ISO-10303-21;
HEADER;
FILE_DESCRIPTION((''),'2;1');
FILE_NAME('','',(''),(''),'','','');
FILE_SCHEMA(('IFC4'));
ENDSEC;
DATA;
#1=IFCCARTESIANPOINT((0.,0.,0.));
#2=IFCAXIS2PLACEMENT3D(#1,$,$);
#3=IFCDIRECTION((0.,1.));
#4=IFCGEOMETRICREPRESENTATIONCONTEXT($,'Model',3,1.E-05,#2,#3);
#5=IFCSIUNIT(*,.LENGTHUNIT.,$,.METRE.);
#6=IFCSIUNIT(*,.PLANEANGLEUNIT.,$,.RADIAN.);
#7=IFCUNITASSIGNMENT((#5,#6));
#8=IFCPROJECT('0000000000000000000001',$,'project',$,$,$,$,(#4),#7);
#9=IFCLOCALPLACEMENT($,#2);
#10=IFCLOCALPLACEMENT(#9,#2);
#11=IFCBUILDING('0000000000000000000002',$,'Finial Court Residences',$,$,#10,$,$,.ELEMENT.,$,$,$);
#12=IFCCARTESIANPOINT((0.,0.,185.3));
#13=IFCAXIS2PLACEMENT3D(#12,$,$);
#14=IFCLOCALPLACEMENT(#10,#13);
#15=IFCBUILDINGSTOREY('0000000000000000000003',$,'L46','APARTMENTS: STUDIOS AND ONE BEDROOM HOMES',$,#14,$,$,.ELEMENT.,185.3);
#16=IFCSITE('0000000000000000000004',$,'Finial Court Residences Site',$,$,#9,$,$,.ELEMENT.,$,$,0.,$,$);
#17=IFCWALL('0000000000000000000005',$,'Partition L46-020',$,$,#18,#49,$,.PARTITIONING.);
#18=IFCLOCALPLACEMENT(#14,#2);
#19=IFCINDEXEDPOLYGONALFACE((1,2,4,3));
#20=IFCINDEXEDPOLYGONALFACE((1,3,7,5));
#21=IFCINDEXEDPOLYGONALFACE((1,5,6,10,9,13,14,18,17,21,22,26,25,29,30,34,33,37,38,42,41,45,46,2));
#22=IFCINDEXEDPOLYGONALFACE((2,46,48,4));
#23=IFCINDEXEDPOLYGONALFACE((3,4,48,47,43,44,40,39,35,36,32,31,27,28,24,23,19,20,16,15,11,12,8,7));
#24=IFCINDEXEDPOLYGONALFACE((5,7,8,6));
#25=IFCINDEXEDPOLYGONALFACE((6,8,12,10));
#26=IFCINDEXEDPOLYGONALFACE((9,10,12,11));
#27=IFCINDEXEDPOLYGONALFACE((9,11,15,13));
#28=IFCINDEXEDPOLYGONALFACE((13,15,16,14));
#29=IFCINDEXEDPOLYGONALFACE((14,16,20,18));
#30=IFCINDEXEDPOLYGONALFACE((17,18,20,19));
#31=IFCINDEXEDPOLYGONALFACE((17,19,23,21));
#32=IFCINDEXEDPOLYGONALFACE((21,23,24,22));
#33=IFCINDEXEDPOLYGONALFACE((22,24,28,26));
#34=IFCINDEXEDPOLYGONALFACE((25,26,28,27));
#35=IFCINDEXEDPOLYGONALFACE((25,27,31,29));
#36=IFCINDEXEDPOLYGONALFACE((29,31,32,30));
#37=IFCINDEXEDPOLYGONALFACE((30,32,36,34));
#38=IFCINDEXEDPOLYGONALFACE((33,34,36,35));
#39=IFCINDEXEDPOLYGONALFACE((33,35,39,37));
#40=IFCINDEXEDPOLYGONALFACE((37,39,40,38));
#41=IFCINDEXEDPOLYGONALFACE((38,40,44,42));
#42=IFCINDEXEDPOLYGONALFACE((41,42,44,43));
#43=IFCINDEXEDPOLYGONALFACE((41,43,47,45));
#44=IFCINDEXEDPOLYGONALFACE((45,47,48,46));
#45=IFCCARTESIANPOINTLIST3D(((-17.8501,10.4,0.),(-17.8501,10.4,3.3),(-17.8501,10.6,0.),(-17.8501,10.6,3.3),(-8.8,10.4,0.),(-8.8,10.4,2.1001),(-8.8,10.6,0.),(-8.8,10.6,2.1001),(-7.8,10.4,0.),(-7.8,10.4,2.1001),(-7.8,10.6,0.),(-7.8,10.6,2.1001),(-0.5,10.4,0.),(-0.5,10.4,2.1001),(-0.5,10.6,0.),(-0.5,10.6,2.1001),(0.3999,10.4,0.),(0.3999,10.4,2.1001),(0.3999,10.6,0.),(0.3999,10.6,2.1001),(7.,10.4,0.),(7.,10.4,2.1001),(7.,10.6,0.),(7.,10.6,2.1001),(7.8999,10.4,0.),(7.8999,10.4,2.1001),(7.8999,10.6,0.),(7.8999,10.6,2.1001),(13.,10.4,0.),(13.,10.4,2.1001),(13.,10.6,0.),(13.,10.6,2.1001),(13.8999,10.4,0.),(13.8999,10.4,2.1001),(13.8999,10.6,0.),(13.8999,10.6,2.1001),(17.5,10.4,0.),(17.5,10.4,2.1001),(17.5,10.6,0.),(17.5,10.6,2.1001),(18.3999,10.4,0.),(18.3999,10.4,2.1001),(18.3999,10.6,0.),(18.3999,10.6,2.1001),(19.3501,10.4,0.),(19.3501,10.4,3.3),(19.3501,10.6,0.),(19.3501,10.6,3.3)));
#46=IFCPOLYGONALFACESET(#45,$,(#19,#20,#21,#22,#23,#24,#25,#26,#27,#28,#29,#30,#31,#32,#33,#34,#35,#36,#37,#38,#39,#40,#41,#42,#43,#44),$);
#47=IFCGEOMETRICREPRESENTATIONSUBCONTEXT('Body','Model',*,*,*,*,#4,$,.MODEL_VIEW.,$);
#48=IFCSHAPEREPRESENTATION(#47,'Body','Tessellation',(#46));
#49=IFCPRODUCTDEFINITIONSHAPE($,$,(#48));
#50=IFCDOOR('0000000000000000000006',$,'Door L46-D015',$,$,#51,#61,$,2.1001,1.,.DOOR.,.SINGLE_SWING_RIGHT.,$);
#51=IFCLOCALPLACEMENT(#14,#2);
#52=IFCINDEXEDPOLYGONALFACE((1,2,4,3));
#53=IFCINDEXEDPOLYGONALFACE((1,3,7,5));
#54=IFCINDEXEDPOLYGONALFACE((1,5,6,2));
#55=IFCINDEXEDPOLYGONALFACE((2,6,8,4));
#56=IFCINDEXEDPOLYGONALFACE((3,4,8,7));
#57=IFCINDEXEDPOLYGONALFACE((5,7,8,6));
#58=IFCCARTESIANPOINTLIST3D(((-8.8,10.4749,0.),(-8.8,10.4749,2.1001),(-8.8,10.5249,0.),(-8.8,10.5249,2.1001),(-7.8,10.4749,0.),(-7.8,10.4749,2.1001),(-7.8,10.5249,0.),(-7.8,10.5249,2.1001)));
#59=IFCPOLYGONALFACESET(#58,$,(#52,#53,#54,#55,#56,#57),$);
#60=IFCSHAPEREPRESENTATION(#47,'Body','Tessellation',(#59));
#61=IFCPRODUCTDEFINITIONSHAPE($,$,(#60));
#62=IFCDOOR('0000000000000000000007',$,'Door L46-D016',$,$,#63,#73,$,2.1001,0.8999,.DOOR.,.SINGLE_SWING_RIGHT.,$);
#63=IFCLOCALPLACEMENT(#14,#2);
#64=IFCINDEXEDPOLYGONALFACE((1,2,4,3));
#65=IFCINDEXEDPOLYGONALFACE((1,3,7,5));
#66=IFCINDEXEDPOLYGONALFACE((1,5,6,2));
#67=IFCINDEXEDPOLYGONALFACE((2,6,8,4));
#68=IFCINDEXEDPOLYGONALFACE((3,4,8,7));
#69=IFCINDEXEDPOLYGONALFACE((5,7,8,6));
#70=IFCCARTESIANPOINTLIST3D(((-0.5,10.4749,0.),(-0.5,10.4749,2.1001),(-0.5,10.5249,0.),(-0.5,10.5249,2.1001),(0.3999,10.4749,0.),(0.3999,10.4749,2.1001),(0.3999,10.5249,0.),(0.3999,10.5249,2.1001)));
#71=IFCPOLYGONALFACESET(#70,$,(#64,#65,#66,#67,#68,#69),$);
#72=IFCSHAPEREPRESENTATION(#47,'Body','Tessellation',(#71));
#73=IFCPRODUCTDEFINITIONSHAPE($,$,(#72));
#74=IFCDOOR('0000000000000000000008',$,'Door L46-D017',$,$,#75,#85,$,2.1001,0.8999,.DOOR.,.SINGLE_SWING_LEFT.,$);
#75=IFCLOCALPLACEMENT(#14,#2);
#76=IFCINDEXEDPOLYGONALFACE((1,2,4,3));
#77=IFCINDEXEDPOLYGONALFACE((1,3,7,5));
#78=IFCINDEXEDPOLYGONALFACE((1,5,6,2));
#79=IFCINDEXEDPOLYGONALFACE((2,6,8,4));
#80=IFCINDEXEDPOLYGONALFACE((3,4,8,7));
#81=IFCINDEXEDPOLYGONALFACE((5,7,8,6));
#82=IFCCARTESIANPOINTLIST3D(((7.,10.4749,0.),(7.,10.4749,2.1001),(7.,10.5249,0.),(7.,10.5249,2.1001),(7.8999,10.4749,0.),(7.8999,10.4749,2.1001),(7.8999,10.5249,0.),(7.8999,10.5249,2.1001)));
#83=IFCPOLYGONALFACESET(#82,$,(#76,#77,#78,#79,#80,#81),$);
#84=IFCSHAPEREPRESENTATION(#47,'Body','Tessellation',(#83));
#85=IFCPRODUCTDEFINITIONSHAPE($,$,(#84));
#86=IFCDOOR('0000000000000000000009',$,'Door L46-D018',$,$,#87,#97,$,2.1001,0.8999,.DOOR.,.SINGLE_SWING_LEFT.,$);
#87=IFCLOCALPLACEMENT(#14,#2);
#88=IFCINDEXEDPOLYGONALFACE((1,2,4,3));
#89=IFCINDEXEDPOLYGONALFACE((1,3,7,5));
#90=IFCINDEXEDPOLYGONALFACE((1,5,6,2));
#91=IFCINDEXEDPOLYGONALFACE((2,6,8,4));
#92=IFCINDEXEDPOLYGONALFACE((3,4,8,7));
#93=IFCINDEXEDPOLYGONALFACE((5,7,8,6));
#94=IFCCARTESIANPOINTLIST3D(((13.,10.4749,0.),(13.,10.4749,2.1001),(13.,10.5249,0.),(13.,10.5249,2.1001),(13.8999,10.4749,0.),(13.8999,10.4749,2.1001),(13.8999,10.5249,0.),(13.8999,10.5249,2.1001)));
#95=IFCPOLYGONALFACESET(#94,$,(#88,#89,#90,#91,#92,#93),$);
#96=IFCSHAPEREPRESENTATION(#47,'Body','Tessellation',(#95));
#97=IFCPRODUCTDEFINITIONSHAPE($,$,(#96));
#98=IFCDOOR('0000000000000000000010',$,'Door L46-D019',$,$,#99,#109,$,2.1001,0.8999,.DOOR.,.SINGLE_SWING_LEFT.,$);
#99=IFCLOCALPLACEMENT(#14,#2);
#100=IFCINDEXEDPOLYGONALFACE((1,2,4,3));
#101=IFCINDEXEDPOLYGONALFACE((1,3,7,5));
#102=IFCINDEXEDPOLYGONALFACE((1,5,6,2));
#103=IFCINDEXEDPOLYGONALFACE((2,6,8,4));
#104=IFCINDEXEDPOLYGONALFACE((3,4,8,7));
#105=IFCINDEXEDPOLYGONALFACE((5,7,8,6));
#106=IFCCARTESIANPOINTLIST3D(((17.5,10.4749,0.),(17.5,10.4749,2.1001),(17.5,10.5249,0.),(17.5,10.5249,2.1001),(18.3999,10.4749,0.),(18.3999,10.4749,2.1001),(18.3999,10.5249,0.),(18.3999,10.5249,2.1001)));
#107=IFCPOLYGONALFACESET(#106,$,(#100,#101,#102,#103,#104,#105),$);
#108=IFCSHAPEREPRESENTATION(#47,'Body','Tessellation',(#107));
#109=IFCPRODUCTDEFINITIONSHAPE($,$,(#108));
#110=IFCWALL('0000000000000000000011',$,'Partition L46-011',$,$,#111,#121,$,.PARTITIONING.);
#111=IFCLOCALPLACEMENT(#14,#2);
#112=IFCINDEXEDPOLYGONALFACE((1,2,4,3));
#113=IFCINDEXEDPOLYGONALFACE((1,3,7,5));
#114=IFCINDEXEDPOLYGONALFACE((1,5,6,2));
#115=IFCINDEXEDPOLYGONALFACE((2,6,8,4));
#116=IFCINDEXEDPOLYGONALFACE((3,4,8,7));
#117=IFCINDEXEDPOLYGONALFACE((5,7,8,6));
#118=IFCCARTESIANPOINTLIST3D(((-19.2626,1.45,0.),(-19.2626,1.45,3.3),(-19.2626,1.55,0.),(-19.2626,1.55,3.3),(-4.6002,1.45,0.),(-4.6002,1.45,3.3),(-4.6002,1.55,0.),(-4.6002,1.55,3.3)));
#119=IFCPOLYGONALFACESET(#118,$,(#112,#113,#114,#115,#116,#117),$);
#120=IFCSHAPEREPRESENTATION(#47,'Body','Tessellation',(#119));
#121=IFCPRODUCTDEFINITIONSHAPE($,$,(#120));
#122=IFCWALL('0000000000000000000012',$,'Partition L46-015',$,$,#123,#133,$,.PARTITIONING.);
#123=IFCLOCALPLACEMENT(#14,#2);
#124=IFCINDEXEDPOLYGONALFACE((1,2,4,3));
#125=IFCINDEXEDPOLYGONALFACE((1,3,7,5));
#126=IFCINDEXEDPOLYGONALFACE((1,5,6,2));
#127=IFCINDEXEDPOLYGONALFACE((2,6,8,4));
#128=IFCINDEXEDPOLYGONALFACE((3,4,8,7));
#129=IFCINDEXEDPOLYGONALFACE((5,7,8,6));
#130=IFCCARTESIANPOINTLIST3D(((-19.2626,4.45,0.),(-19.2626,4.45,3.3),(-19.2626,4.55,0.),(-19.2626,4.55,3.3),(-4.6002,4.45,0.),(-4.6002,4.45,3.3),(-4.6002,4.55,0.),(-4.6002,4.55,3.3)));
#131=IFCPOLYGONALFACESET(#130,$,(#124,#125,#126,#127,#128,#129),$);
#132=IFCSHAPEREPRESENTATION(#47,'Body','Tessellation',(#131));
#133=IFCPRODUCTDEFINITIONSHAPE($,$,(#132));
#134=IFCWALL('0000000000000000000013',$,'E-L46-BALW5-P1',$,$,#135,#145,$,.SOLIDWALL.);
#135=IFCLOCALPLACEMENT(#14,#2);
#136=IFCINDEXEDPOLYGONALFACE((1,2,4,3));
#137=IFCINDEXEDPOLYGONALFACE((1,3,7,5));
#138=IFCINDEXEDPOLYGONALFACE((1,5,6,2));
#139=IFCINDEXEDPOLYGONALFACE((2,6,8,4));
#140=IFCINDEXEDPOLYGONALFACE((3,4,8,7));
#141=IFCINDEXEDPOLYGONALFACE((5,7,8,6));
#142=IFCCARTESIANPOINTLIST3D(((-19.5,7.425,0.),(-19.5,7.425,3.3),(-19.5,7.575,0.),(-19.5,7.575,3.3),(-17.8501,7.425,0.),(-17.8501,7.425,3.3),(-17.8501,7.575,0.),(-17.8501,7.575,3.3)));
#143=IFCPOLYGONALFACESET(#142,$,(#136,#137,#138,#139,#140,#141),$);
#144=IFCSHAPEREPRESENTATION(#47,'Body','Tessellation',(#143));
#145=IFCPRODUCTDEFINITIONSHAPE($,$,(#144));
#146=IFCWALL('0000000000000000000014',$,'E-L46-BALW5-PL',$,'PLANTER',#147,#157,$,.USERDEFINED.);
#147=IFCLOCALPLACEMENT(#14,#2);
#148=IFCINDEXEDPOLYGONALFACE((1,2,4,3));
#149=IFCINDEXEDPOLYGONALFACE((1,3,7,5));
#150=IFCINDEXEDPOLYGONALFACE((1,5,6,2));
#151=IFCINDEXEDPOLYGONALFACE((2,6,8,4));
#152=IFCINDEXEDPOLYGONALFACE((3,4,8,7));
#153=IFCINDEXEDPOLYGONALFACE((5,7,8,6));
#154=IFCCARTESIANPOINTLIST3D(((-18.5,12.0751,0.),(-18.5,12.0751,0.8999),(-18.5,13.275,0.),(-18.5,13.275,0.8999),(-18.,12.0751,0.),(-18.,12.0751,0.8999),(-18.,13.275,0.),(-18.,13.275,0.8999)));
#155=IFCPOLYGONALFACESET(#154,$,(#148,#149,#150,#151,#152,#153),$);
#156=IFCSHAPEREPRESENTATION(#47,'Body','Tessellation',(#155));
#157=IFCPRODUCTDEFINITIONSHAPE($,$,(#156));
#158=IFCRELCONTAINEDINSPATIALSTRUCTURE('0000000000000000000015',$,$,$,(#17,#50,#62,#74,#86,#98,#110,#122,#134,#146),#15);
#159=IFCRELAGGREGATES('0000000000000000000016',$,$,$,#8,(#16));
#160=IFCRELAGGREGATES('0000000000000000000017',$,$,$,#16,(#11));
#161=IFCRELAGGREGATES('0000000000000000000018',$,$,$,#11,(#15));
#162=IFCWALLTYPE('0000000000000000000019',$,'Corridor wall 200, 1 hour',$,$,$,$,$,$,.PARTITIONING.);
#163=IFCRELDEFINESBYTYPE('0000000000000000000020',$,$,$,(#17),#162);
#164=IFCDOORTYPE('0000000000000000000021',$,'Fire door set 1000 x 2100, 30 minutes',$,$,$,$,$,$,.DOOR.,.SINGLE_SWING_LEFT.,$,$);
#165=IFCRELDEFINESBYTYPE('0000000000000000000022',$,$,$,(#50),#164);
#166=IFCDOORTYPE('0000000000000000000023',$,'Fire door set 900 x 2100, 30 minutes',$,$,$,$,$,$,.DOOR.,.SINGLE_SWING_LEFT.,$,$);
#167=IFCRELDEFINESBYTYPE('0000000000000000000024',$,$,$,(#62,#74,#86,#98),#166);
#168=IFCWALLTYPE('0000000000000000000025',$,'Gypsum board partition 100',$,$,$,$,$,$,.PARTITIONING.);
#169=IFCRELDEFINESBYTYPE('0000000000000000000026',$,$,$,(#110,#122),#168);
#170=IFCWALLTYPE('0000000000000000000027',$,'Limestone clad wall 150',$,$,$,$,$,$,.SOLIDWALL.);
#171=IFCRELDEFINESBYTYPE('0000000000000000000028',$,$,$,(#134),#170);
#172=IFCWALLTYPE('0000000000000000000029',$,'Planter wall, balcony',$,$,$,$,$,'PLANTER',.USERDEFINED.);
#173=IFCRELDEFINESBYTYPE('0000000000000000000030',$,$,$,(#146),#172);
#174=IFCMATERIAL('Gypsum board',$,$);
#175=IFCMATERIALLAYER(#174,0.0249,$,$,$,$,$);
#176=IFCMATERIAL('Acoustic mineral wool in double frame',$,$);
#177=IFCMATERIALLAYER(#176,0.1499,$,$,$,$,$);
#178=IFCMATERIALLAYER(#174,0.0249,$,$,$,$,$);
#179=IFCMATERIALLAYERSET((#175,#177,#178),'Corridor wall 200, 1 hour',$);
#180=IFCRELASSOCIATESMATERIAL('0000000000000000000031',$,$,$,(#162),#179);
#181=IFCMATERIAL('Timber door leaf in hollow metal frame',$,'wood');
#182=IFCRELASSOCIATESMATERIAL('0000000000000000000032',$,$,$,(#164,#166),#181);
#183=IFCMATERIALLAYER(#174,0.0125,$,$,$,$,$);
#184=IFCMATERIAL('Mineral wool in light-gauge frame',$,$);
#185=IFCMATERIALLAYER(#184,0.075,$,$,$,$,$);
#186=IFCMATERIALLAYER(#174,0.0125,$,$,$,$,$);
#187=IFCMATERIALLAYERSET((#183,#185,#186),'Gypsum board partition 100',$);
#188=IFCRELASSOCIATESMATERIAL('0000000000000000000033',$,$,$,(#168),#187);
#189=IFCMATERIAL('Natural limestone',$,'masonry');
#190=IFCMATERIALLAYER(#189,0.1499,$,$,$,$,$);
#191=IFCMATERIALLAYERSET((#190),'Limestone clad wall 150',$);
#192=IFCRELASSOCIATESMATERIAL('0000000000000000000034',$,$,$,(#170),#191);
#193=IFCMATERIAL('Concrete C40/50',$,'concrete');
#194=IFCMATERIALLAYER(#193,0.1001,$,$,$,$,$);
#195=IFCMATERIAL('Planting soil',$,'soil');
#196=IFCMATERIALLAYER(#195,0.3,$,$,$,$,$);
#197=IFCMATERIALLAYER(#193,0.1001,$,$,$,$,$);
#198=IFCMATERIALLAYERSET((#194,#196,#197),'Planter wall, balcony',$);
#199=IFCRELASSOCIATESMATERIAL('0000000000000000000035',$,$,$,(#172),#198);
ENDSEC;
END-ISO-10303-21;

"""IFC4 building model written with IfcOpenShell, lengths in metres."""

from ifc_helpers import new_model, si_unit, direction, frame, frame_2d, origin, place, context, subcontext, project, spatial, rectangle, extrude, material, layer, layer_set, type_object, element, fill, save


model = new_model("IFC4")

# Units and contexts
model_context = context("Model", 3, precision=1e-05, world=origin(), true_north=direction((0.0, 1.0)))
body_context = subcontext(model_context, "Body", "Model", "MODEL_VIEW")
ifc_project = project(units=[si_unit("LENGTHUNIT", "METRE"), si_unit("PLANEANGLEUNIT", "RADIAN")], contexts=[model_context])

# Site, building, storey
site_placement = place(None, origin())
site = spatial("IfcSite", under=ifc_project, at=site_placement, Name="Finial Court Residences Site", CompositionType="ELEMENT", RefElevation=0.0)
building_placement = place(site_placement, origin())
building = spatial("IfcBuilding", under=site, at=building_placement, Name="Finial Court Residences", CompositionType="ELEMENT")
storey_placement = place(building_placement, frame((0.0, 0.0, 185.3)))
storey = spatial("IfcBuildingStorey", under=building, at=storey_placement, Name="L46", Description="APARTMENTS: STUDIOS AND ONE BEDROOM HOMES", CompositionType="ELEMENT", Elevation=185.3)

# Shared definitions
ifc_material_1 = material(Name="Gypsum board")
ifc_layer_1 = layer(ifc_material_1, 0.0249)
ifc_material_2 = material(Name="Acoustic mineral wool in double frame")
ifc_layer_2 = layer(ifc_material_2, 0.1499)
ifc_layer_3 = layer(ifc_material_1, 0.0249)
ifc_layer_set_1 = layer_set([ifc_layer_1, ifc_layer_2, ifc_layer_3], Name="Corridor wall 200, 1 hour")
wall_type_1 = type_object("IfcWallType", Name="Corridor wall 200, 1 hour", PredefinedType="PARTITIONING", material=ifc_layer_set_1)

# Wall, openings, doors
wall_1_placement = place(storey_placement, frame((-17.8501, 10.5, 0.0), z_axis=(0.0, 0.0, 1.0), x_axis=(1.0, 0.0, 0.0)))
wall_1 = element("IfcWall", 1, at=wall_1_placement, inside=storey, type_object=wall_type_1, Name="Partition L46-020", PredefinedType="PARTITIONING", context=body_context, shape_type="SweptSolid", body=[
    extrude(rectangle(XDim=37.2002, YDim=0.2, at=frame_2d((18.6001, 0.0))), origin(), (0.0, 0.0, 1.0), 3.3),
])
opening_1_placement = place(wall_1_placement, frame((9.05, 0.0, 0.0)))
opening_1 = element("IfcOpeningElement", 2, at=opening_1_placement, cuts=wall_1, PredefinedType="OPENING", context=body_context, shape_type="SweptSolid", body=[
    extrude(rectangle(XDim=1.0, YDim=2.1001, at=frame_2d((0.5, 1.05))), frame((0.0, 0.1099, 0.0), z_axis=(0.0, -1.0, 0.0), x_axis=(1.0, 0.0, 0.0)), (0.0, 0.0, 1.0), 0.22),
])
opening_2_placement = place(wall_1_placement, frame((17.3501, 0.0, 0.0)))
opening_2 = element("IfcOpeningElement", 3, at=opening_2_placement, cuts=wall_1, PredefinedType="OPENING", context=body_context, shape_type="SweptSolid", body=[
    extrude(rectangle(XDim=0.8999, YDim=2.1001, at=frame_2d((0.45, 1.05))), frame((0.0, 0.1099, 0.0), z_axis=(0.0, -1.0, 0.0), x_axis=(1.0, 0.0, 0.0)), (0.0, 0.0, 1.0), 0.22),
])
opening_3_placement = place(wall_1_placement, frame((24.8501, 0.0, 0.0)))
opening_3 = element("IfcOpeningElement", 4, at=opening_3_placement, cuts=wall_1, PredefinedType="OPENING", context=body_context, shape_type="SweptSolid", body=[
    extrude(rectangle(XDim=0.8999, YDim=2.1001, at=frame_2d((0.45, 1.05))), frame((0.0, 0.1099, 0.0), z_axis=(0.0, -1.0, 0.0), x_axis=(1.0, 0.0, 0.0)), (0.0, 0.0, 1.0), 0.22),
])
opening_4_placement = place(wall_1_placement, frame((30.8501, 0.0, 0.0)))
opening_4 = element("IfcOpeningElement", 5, at=opening_4_placement, cuts=wall_1, PredefinedType="OPENING", context=body_context, shape_type="SweptSolid", body=[
    extrude(rectangle(XDim=0.8999, YDim=2.1001, at=frame_2d((0.45, 1.05))), frame((0.0, 0.1099, 0.0), z_axis=(0.0, -1.0, 0.0), x_axis=(1.0, 0.0, 0.0)), (0.0, 0.0, 1.0), 0.22),
])
opening_5_placement = place(wall_1_placement, frame((35.3501, 0.0, 0.0)))
opening_5 = element("IfcOpeningElement", 6, at=opening_5_placement, cuts=wall_1, PredefinedType="OPENING", context=body_context, shape_type="SweptSolid", body=[
    extrude(rectangle(XDim=0.8999, YDim=2.1001, at=frame_2d((0.45, 1.05))), frame((0.0, 0.1099, 0.0), z_axis=(0.0, -1.0, 0.0), x_axis=(1.0, 0.0, 0.0)), (0.0, 0.0, 1.0), 0.22),
])
ifc_material_3 = material(Name="Timber door leaf in hollow metal frame", Category="wood")
door_type_1 = type_object("IfcDoorType", Name="Fire door set 1000 x 2100, 30 minutes", OperationType="SINGLE_SWING_LEFT", PredefinedType="DOOR", material=ifc_material_3)
door_1_placement = place(opening_1_placement, origin())
door_1 = element("IfcDoor", 7, at=door_1_placement, inside=storey, type_object=door_type_1, Name="Door L46-D015", OperationType="SINGLE_SWING_RIGHT", OverallHeight=2.1001, OverallWidth=1.0, PredefinedType="DOOR", context=body_context, shape_type="SweptSolid", body=[
    extrude(rectangle(XDim=1.0, YDim=2.1001, at=frame_2d((0.5, 1.05))), frame((0.0, 0.0249, 0.0), z_axis=(0.0, -1.0, 0.0), x_axis=(1.0, 0.0, 0.0)), (0.0, 0.0, 1.0), 0.05),
])
fill(opening_1, door_1)
door_type_2 = type_object("IfcDoorType", Name="Fire door set 900 x 2100, 30 minutes", OperationType="SINGLE_SWING_LEFT", PredefinedType="DOOR", material=ifc_material_3)
door_2_placement = place(opening_2_placement, origin())
door_2 = element("IfcDoor", 8, at=door_2_placement, inside=storey, type_object=door_type_2, Name="Door L46-D016", OperationType="SINGLE_SWING_RIGHT", OverallHeight=2.1001, OverallWidth=0.8999, PredefinedType="DOOR", context=body_context, shape_type="SweptSolid", body=[
    extrude(rectangle(XDim=0.8999, YDim=2.1001, at=frame_2d((0.45, 1.05))), frame((0.0, 0.0249, 0.0), z_axis=(0.0, -1.0, 0.0), x_axis=(1.0, 0.0, 0.0)), (0.0, 0.0, 1.0), 0.05),
])
fill(opening_2, door_2)
door_3_placement = place(opening_3_placement, origin())
door_3 = element("IfcDoor", 9, at=door_3_placement, inside=storey, type_object=door_type_2, Name="Door L46-D017", OperationType="SINGLE_SWING_LEFT", OverallHeight=2.1001, OverallWidth=0.8999, PredefinedType="DOOR", context=body_context, shape_type="SweptSolid", body=[
    extrude(rectangle(XDim=0.8999, YDim=2.1001, at=frame_2d((0.45, 1.05))), frame((0.0, 0.0249, 0.0), z_axis=(0.0, -1.0, 0.0), x_axis=(1.0, 0.0, 0.0)), (0.0, 0.0, 1.0), 0.05),
])
fill(opening_3, door_3)
door_4_placement = place(opening_4_placement, origin())
door_4 = element("IfcDoor", 10, at=door_4_placement, inside=storey, type_object=door_type_2, Name="Door L46-D018", OperationType="SINGLE_SWING_LEFT", OverallHeight=2.1001, OverallWidth=0.8999, PredefinedType="DOOR", context=body_context, shape_type="SweptSolid", body=[
    extrude(rectangle(XDim=0.8999, YDim=2.1001, at=frame_2d((0.45, 1.05))), frame((0.0, 0.0249, 0.0), z_axis=(0.0, -1.0, 0.0), x_axis=(1.0, 0.0, 0.0)), (0.0, 0.0, 1.0), 0.05),
])
fill(opening_4, door_4)
door_5_placement = place(opening_5_placement, origin())
door_5 = element("IfcDoor", 11, at=door_5_placement, inside=storey, type_object=door_type_2, Name="Door L46-D019", OperationType="SINGLE_SWING_LEFT", OverallHeight=2.1001, OverallWidth=0.8999, PredefinedType="DOOR", context=body_context, shape_type="SweptSolid", body=[
    extrude(rectangle(XDim=0.8999, YDim=2.1001, at=frame_2d((0.45, 1.05))), frame((0.0, 0.0249, 0.0), z_axis=(0.0, -1.0, 0.0), x_axis=(1.0, 0.0, 0.0)), (0.0, 0.0, 1.0), 0.05),
])
fill(opening_5, door_5)

# Walls
ifc_layer_4 = layer(ifc_material_1, 0.0125)
ifc_material_4 = material(Name="Mineral wool in light-gauge frame")
ifc_layer_5 = layer(ifc_material_4, 0.075)
ifc_layer_6 = layer(ifc_material_1, 0.0125)
ifc_layer_set_2 = layer_set([ifc_layer_4, ifc_layer_5, ifc_layer_6], Name="Gypsum board partition 100")
wall_type_2 = type_object("IfcWallType", Name="Gypsum board partition 100", PredefinedType="PARTITIONING", material=ifc_layer_set_2)
for number, where, z_axis, x_axis, name in (
    (12, (-19.2625, 1.5, 0.0), (0.0, 0.0, 1.0), (1.0, 0.0, 0.0), "Partition L46-011"),
    (13, (-19.2625, 4.5, 0.0), (0.0, 0.0, 1.0), (1.0, 0.0, 0.0), "Partition L46-015"),
):
    element("IfcWall", number, at=place(storey_placement, frame(where, z_axis=z_axis, x_axis=x_axis)), inside=storey, type_object=wall_type_2, Name=name, PredefinedType="PARTITIONING", context=body_context, shape_type="SweptSolid", body=[
        extrude(rectangle(XDim=14.6624, YDim=0.1001, at=frame_2d((7.3311, 0.0))), origin(), (0.0, 0.0, 1.0), 3.3),
    ])
ifc_material_5 = material(Name="Natural limestone", Category="masonry")
ifc_layer_7 = layer(ifc_material_5, 0.1499)
ifc_layer_set_3 = layer_set([ifc_layer_7], Name="Limestone clad wall 150")
wall_type_3 = type_object("IfcWallType", Name="Limestone clad wall 150", PredefinedType="SOLIDWALL", material=ifc_layer_set_3)
wall_2_placement = place(storey_placement, frame((-17.8501, 7.5, 0.0), z_axis=(0.0, 0.0, 1.0), x_axis=(-1.0, 0.0, 0.0)))
element("IfcWall", 14, at=wall_2_placement, inside=storey, type_object=wall_type_3, Name="E-L46-BALW5-P1", PredefinedType="SOLIDWALL", context=body_context, shape_type="SweptSolid", body=[
    extrude(rectangle(XDim=1.6499, YDim=0.1499, at=frame_2d((0.825, 0.0))), origin(), (0.0, 0.0, 1.0), 3.3),
])

# Wall
ifc_material_6 = material(Name="Concrete C40/50", Category="concrete")
ifc_layer_8 = layer(ifc_material_6, 0.1001)
ifc_material_7 = material(Name="Planting soil", Category="soil")
ifc_layer_9 = layer(ifc_material_7, 0.3)
ifc_layer_10 = layer(ifc_material_6, 0.1001)
ifc_layer_set_4 = layer_set([ifc_layer_8, ifc_layer_9, ifc_layer_10], Name="Planter wall, balcony")
wall_type_4 = type_object("IfcWallType", Name="Planter wall, balcony", ElementType="PLANTER", PredefinedType="USERDEFINED", material=ifc_layer_set_4)
wall_3_placement = place(storey_placement, frame((-18.25, 12.075, 0.0), z_axis=(0.0, 0.0, 1.0), x_axis=(0.0, 1.0, 0.0)))
element("IfcWall", 15, at=wall_3_placement, inside=storey, type_object=wall_type_4, Name="E-L46-BALW5-PL", ObjectType="PLANTER", PredefinedType="USERDEFINED", context=body_context, shape_type="SweptSolid", body=[
    extrude(rectangle(XDim=1.2, YDim=0.5, at=frame_2d((0.6001, 0.0))), origin(), (0.0, 0.0, 1.0), 0.8999),
])

save(model, "model.ifc")
